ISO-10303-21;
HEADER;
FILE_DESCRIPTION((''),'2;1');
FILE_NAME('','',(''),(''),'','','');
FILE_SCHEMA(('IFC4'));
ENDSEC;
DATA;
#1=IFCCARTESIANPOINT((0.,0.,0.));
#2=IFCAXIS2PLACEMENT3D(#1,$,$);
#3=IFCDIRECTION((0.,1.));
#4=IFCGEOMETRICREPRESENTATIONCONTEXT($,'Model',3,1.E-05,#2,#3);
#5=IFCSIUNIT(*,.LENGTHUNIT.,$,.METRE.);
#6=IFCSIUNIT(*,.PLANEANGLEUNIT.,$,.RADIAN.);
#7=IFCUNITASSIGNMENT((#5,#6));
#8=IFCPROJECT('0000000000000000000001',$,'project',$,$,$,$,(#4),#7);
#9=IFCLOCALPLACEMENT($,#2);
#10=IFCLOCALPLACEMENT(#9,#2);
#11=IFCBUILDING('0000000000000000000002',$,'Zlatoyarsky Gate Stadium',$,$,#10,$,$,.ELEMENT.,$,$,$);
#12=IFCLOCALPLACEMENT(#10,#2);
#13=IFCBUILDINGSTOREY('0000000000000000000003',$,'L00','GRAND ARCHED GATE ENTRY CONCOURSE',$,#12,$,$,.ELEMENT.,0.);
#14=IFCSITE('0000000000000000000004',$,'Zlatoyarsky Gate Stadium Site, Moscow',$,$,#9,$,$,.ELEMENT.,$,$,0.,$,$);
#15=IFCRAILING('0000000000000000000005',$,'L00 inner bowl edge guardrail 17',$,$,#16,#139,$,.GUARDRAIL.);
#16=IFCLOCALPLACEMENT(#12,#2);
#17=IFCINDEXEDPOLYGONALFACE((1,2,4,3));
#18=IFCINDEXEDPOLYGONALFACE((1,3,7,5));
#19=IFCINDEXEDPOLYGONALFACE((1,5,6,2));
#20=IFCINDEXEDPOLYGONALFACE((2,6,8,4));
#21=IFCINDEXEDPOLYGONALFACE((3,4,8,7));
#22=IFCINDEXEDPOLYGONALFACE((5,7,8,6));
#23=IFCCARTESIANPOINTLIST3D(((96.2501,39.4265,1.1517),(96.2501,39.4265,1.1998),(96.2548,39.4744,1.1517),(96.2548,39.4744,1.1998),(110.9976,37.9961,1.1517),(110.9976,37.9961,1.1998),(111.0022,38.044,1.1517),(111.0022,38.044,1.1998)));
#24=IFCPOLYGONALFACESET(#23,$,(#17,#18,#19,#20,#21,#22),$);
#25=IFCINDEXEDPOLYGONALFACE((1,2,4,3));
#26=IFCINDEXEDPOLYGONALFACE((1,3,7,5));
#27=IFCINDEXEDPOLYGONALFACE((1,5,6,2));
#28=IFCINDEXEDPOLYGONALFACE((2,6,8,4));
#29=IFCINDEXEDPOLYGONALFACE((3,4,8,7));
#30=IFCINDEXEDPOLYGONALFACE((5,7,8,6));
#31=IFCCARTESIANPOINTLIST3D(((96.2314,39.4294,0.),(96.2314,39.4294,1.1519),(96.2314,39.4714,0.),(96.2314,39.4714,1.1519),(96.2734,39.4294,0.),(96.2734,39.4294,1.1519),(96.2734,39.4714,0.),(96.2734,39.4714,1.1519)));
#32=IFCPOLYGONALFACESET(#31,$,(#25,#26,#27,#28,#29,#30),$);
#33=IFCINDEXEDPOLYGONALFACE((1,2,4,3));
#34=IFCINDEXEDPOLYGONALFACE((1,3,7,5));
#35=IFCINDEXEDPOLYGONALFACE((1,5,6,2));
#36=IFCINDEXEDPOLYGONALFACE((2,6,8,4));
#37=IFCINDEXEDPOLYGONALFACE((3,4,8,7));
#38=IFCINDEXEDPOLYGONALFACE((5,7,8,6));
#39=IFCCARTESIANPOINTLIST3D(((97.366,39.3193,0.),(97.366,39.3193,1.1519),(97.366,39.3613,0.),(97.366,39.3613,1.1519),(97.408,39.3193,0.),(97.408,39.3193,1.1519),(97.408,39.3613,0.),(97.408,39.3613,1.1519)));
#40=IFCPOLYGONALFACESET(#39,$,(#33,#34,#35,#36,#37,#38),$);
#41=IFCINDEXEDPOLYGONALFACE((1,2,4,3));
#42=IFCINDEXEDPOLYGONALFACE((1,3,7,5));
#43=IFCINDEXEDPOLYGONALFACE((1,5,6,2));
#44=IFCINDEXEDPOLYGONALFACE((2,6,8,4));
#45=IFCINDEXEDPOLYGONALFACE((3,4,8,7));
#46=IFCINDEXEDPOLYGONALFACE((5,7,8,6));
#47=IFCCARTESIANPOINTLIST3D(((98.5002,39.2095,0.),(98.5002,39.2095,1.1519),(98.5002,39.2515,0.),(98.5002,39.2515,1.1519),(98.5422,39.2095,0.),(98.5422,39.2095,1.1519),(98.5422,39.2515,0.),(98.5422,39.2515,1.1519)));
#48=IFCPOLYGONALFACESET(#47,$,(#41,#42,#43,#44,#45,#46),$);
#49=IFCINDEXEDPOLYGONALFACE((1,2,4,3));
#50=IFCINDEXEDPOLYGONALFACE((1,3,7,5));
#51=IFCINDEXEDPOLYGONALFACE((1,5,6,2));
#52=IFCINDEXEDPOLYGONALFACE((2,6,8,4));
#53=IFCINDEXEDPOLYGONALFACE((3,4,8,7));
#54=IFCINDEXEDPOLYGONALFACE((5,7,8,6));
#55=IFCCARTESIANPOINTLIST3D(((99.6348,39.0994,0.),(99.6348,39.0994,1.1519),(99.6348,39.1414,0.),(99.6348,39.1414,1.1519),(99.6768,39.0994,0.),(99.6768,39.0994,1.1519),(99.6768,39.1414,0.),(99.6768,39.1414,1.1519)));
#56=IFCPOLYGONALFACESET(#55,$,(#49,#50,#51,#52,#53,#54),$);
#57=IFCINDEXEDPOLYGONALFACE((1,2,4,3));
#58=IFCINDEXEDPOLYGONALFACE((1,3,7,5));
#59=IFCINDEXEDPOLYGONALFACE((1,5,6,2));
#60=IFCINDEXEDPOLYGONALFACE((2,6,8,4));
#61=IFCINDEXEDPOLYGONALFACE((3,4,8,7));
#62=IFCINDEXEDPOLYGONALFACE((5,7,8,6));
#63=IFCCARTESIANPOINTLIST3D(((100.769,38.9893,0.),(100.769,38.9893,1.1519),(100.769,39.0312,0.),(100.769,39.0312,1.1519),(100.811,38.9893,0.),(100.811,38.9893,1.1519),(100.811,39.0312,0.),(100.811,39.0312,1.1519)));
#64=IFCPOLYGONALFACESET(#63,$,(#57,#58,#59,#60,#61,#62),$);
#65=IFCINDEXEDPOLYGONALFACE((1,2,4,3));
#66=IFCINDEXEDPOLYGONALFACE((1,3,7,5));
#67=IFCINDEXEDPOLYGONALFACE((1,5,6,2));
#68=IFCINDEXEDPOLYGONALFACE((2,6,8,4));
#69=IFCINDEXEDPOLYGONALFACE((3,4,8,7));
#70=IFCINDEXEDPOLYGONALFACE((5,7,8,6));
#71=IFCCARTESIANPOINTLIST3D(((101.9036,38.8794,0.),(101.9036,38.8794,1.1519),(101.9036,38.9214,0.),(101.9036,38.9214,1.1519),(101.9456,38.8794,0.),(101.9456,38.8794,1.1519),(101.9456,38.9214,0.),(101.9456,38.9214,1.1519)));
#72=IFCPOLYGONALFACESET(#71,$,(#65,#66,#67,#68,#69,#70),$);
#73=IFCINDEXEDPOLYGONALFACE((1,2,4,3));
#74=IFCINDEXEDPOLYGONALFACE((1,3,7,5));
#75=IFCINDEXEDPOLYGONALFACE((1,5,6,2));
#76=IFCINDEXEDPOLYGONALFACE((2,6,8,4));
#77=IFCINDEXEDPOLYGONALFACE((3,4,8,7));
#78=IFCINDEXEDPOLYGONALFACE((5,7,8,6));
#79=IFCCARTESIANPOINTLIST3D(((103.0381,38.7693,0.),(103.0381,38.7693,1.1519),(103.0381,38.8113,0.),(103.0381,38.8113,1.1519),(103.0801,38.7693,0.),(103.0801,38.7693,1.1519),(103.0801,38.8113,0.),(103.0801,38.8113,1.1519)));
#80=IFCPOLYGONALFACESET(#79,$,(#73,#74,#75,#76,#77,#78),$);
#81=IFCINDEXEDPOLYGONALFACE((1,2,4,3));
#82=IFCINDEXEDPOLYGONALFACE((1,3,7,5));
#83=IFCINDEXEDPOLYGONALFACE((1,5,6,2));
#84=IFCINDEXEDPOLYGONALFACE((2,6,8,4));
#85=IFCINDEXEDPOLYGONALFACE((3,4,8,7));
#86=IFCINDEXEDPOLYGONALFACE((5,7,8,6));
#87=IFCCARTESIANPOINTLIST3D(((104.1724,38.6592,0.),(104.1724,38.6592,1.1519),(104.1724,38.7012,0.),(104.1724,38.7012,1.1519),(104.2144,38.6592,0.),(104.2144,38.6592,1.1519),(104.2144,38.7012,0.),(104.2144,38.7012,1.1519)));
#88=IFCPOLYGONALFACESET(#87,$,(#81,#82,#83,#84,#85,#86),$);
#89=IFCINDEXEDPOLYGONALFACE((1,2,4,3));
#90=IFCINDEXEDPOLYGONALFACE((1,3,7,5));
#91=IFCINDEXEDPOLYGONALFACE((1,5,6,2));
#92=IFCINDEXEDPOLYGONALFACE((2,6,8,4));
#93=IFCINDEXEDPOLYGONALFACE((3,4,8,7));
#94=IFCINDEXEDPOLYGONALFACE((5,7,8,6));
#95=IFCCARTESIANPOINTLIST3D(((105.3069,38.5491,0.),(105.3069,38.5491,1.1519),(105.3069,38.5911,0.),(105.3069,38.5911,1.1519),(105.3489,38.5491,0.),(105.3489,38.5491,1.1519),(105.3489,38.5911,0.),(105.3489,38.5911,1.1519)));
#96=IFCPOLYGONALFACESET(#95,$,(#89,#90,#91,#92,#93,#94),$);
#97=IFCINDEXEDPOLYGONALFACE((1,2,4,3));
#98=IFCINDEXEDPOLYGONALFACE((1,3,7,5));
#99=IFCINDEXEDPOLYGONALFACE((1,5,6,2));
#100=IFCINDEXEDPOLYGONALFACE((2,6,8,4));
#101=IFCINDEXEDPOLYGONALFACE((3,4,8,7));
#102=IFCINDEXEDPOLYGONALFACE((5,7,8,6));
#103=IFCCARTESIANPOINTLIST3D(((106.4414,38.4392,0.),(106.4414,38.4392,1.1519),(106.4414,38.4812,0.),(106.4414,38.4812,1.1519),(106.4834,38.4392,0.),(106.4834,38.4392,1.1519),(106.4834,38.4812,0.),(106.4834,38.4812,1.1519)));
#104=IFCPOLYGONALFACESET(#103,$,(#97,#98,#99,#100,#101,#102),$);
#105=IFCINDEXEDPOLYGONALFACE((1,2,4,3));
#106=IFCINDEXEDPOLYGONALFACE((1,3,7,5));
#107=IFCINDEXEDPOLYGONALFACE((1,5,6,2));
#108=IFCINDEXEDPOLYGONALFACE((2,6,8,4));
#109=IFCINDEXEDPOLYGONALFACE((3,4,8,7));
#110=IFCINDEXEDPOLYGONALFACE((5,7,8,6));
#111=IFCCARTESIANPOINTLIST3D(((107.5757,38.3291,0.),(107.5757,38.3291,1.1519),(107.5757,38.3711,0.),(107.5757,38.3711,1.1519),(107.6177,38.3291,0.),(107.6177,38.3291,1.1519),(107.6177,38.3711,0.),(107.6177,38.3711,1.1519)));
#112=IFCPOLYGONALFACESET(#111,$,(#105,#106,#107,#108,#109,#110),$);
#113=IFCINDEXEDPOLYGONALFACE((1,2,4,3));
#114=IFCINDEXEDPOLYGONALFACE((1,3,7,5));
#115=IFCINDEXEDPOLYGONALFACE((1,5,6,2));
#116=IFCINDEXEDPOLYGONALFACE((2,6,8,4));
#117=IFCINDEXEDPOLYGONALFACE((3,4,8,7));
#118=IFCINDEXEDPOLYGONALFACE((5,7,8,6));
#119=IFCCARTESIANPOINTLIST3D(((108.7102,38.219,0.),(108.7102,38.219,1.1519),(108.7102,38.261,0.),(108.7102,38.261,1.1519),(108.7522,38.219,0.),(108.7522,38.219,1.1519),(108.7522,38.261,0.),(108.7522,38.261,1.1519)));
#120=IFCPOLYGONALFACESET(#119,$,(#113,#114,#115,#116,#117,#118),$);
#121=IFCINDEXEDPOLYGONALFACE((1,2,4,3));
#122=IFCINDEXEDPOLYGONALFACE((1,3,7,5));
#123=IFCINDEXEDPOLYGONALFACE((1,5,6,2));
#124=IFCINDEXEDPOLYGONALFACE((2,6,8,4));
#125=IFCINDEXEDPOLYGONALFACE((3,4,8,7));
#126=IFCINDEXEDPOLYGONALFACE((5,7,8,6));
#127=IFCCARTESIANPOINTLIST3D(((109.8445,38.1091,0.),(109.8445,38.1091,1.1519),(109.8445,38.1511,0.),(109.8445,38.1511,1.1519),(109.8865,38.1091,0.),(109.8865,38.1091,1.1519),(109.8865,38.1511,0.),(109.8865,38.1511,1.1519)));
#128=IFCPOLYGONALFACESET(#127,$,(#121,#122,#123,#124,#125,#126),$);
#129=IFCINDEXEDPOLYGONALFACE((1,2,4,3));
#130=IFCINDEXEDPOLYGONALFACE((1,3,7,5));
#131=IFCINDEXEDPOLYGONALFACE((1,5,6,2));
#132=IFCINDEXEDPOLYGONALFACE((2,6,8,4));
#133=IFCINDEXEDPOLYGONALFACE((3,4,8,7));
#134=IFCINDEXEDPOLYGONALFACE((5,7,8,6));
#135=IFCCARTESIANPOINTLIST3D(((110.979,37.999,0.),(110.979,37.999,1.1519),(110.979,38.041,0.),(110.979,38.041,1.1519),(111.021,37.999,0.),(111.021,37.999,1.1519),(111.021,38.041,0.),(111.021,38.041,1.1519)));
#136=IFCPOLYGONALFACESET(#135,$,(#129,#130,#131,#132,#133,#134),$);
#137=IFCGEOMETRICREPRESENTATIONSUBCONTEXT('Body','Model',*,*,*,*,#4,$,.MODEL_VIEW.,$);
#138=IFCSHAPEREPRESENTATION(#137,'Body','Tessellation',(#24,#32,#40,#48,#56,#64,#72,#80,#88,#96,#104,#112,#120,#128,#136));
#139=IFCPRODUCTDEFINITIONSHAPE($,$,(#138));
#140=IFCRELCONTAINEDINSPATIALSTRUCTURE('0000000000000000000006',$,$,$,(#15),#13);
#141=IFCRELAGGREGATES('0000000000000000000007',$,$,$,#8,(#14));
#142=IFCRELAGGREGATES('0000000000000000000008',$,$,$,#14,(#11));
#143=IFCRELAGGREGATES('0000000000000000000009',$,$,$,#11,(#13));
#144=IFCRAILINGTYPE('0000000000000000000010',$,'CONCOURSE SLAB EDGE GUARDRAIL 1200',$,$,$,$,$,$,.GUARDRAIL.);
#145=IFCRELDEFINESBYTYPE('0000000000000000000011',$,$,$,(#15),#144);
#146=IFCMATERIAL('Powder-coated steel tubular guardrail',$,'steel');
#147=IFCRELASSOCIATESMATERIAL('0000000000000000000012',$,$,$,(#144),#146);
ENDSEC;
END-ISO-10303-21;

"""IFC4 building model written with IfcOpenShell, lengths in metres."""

from ifc_helpers import new_model, si_unit, direction, frame, origin, origin_2d, place, context, subcontext, project, spatial, rectangle, extrude, material, type_object, element, save


model = new_model("IFC4")

# Units and contexts
model_context = context("Model", 3, precision=1e-05, world=origin(), true_north=direction((0.0, 1.0)))
body_context = subcontext(model_context, "Body", "Model", "MODEL_VIEW")
ifc_project = project(units=[si_unit("LENGTHUNIT", "METRE"), si_unit("PLANEANGLEUNIT", "RADIAN")], contexts=[model_context])

# Site, building, storey
site_placement = place(None, origin())
site = spatial("IfcSite", under=ifc_project, at=site_placement, Name="Zlatoyarsky Gate Stadium Site, Moscow", CompositionType="ELEMENT", RefElevation=0.0)
building_placement = place(site_placement, origin())
building = spatial("IfcBuilding", under=site, at=building_placement, Name="Zlatoyarsky Gate Stadium", CompositionType="ELEMENT")
storey_placement = place(building_placement, origin())
storey = spatial("IfcBuildingStorey", under=building, at=storey_placement, Name="L00", Description="GRAND ARCHED GATE ENTRY CONCOURSE", CompositionType="ELEMENT", Elevation=0.0)

# Railing
ifc_material_1 = material(Name="Powder-coated steel tubular guardrail", Category="steel")
railing_type = type_object("IfcRailingType", Name="CONCOURSE SLAB EDGE GUARDRAIL 1200", PredefinedType="GUARDRAIL", material=ifc_material_1)
railing_1_placement = place(storey_placement, frame((96.2524, 39.4504, 0.0)))
element("IfcRailing", 1, at=railing_1_placement, inside=storey, type_object=railing_type, Name="L00 inner bowl edge guardrail 17", PredefinedType="GUARDRAIL", context=body_context, shape_type="SweptSolid", body=[
    extrude(rectangle(XDim=0.0481, YDim=0.0481, at=origin_2d()), frame((0.0, 0.0, 1.1758), z_axis=(0.995329, -0.096541, 0.0), x_axis=(0.096541, 0.995329, 0.0)), (0.0, 0.0, 1.0), 14.8167),
    extrude(rectangle(XDim=0.042, YDim=0.042, at=origin_2d()), origin(), (0.0, 0.0, 1.0), 1.1519),
    extrude(rectangle(XDim=0.042, YDim=0.042, at=origin_2d()), frame((1.1345, -0.1101, 0.0)), (0.0, 0.0, 1.0), 1.1519),
    extrude(rectangle(XDim=0.042, YDim=0.042, at=origin_2d()), frame((2.2688, -0.22, 0.0)), (0.0, 0.0, 1.0), 1.1519),
    extrude(rectangle(XDim=0.042, YDim=0.042, at=origin_2d()), frame((3.4033, -0.3301, 0.0)), (0.0, 0.0, 1.0), 1.1519),
    extrude(rectangle(XDim=0.042, YDim=0.042, at=origin_2d()), frame((4.5376, -0.4402, 0.0)), (0.0, 0.0, 1.0), 1.1519),
    extrude(rectangle(XDim=0.042, YDim=0.042, at=origin_2d()), frame((5.6721, -0.55, 0.0)), (0.0, 0.0, 1.0), 1.1519),
    extrude(rectangle(XDim=0.042, YDim=0.042, at=origin_2d()), frame((6.8066, -0.6602, 0.0)), (0.0, 0.0, 1.0), 1.1519),
    extrude(rectangle(XDim=0.042, YDim=0.042, at=origin_2d()), frame((7.9409, -0.7703, 0.0)), (0.0, 0.0, 1.0), 1.1519),
    extrude(rectangle(XDim=0.042, YDim=0.042, at=origin_2d()), frame((9.0754, -0.8804, 0.0)), (0.0, 0.0, 1.0), 1.1519),
    extrude(rectangle(XDim=0.042, YDim=0.042, at=origin_2d()), frame((10.21, -0.9902, 0.0)), (0.0, 0.0, 1.0), 1.1519),
    extrude(rectangle(XDim=0.042, YDim=0.042, at=origin_2d()), frame((11.3442, -1.1003, 0.0)), (0.0, 0.0, 1.0), 1.1519),
    extrude(rectangle(XDim=0.042, YDim=0.042, at=origin_2d()), frame((12.4788, -1.2104, 0.0)), (0.0, 0.0, 1.0), 1.1519),
    extrude(rectangle(XDim=0.042, YDim=0.042, at=origin_2d()), frame((13.613, -1.3203, 0.0)), (0.0, 0.0, 1.0), 1.1519),
    extrude(rectangle(XDim=0.042, YDim=0.042, at=origin_2d()), frame((14.7476, -1.4304, 0.0)), (0.0, 0.0, 1.0), 1.1519),
])

save(model, "model.ifc")
